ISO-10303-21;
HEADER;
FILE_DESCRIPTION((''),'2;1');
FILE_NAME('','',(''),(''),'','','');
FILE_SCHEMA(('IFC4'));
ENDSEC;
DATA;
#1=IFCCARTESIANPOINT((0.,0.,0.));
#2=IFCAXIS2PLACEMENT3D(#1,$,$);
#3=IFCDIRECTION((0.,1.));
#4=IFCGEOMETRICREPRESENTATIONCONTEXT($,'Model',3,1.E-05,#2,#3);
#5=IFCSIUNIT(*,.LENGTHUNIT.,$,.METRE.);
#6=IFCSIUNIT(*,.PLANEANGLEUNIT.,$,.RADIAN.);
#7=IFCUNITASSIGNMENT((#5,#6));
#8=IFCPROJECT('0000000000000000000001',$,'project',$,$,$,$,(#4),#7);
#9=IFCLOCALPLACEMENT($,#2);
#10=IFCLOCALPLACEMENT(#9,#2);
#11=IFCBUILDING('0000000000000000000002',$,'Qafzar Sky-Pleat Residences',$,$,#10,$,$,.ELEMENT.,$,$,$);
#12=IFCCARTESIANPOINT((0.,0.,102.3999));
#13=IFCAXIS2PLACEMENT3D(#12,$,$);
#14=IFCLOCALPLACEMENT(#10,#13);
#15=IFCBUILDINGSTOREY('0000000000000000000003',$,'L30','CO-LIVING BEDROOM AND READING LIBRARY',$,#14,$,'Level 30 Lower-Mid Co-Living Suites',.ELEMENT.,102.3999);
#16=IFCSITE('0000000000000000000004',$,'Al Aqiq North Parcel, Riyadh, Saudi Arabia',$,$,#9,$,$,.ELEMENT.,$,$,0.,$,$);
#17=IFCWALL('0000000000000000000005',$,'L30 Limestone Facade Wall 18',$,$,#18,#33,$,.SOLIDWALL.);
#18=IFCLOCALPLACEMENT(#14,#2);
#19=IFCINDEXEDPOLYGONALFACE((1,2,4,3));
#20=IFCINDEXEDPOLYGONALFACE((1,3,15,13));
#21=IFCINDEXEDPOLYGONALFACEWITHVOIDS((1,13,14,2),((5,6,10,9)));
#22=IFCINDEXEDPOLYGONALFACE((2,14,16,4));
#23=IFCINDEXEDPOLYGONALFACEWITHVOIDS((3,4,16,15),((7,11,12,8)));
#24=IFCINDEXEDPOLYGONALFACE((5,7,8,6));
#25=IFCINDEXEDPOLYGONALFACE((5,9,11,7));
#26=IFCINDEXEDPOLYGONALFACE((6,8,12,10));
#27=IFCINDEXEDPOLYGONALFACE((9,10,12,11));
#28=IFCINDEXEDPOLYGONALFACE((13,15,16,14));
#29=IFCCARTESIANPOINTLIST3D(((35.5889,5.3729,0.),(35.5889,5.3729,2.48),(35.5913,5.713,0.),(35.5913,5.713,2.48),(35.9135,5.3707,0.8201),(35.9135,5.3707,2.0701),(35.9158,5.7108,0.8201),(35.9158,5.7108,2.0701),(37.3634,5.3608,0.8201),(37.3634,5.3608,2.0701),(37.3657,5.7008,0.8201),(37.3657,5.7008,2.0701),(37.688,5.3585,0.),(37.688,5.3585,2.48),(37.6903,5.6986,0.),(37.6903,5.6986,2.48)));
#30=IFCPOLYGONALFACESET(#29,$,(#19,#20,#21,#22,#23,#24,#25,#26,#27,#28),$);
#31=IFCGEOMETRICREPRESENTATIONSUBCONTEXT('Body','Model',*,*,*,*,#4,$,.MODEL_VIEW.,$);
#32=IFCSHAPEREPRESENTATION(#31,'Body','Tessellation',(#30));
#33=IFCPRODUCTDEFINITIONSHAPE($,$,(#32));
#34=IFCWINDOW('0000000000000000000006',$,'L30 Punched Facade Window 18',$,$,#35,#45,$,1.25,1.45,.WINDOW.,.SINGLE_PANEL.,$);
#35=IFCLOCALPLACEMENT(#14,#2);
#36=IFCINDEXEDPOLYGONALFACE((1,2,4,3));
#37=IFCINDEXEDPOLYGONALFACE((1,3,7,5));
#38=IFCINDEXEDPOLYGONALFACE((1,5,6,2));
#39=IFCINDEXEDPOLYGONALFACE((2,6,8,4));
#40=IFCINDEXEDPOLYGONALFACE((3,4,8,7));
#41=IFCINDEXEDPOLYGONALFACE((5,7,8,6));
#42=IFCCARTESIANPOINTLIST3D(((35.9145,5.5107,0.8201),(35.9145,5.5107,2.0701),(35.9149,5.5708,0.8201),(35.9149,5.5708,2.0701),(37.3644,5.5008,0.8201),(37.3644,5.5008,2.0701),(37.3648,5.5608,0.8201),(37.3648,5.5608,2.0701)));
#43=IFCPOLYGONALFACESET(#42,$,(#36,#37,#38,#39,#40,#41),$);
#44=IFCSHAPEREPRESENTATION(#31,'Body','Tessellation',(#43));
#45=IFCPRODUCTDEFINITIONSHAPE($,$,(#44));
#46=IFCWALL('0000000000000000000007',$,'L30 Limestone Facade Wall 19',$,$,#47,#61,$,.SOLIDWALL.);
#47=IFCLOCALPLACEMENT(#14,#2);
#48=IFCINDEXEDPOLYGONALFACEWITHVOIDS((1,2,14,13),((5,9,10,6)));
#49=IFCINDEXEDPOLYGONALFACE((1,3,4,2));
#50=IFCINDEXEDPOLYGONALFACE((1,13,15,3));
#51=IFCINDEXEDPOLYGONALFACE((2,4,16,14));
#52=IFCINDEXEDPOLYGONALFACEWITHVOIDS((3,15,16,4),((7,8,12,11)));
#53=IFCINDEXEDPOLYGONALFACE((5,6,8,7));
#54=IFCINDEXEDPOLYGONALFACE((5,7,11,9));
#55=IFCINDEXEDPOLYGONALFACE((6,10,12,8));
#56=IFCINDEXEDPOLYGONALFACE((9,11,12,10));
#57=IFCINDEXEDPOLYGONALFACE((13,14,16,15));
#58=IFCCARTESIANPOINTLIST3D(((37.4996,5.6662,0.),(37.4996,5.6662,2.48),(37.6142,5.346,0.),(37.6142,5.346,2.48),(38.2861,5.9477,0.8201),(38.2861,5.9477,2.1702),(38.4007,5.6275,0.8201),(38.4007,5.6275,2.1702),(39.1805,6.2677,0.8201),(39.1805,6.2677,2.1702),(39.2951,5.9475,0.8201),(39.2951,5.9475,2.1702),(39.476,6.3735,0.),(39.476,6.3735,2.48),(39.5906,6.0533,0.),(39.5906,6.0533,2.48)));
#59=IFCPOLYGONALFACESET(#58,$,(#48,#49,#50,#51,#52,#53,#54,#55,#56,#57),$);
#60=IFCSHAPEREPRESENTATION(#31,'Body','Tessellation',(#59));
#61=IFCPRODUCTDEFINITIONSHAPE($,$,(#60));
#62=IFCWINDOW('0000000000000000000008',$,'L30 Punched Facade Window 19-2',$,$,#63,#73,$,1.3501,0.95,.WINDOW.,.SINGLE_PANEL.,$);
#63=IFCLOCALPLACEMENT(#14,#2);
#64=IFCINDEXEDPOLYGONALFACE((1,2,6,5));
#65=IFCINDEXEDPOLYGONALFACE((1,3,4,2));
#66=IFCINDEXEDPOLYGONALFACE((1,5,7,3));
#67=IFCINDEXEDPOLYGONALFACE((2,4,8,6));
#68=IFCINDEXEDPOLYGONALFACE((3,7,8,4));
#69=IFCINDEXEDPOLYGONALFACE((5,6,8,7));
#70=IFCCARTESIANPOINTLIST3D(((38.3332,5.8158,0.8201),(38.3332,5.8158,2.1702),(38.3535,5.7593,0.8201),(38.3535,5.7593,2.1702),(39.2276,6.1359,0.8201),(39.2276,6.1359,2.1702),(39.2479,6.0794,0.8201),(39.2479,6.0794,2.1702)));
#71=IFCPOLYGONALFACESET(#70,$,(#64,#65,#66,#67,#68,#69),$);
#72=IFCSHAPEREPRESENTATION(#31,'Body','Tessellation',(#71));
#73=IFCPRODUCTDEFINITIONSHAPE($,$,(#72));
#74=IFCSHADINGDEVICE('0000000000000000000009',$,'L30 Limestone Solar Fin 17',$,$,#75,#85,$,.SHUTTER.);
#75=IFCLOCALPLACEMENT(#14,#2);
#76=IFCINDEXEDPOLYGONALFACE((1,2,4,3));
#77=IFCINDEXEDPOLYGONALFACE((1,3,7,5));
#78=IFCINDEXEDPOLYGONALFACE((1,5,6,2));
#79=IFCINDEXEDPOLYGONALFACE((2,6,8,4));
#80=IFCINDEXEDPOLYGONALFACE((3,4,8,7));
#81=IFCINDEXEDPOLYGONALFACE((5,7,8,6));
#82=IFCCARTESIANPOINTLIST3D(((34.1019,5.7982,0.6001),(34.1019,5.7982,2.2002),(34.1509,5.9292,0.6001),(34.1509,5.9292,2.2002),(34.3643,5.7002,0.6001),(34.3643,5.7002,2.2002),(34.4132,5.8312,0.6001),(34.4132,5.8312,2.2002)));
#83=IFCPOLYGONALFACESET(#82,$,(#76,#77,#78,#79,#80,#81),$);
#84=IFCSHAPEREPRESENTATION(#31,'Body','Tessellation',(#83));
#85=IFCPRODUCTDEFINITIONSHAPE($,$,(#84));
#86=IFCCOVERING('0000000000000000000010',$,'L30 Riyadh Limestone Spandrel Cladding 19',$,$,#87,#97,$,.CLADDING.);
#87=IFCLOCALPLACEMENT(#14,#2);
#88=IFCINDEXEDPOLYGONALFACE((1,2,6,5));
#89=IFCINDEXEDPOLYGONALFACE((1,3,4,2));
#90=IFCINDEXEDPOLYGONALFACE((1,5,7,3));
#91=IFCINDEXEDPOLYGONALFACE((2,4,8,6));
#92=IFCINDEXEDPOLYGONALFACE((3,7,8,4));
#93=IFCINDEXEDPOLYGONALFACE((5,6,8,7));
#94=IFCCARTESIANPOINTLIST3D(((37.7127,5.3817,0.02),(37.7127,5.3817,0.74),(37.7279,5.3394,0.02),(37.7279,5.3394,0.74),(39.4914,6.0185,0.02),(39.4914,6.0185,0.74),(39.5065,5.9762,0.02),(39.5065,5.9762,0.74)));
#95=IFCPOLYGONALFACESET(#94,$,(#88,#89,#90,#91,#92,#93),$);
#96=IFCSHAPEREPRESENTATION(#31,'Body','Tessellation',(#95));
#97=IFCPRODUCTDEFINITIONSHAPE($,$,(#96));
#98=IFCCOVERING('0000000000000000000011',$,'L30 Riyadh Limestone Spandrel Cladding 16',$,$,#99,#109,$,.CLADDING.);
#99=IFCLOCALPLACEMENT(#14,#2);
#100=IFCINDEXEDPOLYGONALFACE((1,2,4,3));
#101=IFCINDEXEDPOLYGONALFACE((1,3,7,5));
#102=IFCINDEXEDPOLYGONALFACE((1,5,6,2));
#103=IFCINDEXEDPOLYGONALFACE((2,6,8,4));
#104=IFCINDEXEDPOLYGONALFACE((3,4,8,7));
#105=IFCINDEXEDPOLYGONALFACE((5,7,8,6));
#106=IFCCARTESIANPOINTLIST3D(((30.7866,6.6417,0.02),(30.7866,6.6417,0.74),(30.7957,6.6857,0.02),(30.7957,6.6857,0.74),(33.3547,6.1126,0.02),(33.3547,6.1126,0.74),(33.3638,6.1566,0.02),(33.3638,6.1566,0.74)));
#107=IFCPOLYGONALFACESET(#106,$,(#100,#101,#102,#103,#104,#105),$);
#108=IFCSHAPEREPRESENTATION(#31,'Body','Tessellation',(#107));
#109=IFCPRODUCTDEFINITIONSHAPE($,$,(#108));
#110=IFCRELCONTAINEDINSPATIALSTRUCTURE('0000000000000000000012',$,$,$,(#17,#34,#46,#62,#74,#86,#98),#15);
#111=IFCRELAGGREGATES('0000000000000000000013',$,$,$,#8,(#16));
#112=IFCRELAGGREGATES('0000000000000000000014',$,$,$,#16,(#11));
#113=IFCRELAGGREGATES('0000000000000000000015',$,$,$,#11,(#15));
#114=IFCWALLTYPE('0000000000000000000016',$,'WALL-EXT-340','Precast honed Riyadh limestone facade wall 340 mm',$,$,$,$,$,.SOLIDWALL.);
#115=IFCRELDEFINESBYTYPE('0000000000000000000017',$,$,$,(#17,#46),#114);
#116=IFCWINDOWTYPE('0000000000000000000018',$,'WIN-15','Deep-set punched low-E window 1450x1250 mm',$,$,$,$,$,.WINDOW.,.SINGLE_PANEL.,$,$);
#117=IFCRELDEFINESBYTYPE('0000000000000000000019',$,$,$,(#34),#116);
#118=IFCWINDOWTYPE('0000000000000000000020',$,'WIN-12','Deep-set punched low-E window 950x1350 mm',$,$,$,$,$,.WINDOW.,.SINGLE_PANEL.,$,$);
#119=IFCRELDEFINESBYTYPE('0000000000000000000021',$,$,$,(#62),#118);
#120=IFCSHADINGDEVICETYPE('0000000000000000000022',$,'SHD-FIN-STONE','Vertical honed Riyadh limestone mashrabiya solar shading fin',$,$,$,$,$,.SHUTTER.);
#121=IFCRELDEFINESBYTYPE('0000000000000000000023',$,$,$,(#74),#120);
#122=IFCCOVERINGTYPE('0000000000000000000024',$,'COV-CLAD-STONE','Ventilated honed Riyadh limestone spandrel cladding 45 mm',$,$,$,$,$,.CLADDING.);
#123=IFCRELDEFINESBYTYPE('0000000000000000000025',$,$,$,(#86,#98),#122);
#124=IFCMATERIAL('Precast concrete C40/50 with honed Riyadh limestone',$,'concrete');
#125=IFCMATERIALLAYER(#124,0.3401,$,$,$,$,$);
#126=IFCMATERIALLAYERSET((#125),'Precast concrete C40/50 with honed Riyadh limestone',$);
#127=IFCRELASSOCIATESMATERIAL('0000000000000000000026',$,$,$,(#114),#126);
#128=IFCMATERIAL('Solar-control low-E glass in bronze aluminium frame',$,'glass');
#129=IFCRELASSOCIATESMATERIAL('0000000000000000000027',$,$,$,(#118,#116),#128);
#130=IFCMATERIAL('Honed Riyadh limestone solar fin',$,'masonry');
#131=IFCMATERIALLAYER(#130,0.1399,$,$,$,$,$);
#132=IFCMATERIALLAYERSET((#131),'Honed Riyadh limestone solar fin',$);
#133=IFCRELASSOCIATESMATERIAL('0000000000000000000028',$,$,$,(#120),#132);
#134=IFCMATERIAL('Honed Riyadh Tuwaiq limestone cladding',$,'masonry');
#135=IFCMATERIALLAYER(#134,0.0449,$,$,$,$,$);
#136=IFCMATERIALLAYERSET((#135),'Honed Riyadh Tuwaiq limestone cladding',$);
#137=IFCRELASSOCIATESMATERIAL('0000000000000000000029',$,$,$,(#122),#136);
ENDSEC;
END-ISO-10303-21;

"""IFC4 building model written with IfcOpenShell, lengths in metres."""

from ifc_helpers import new_model, si_unit, direction, frame, frame_2d, origin, origin_2d, place, context, subcontext, project, spatial, rectangle, extrude, source, transform, mapped, material, layer, layer_set, type_object, element, fill, save


model = new_model("IFC4")

# Units and contexts
model_context = context("Model", 3, precision=1e-05, world=origin(), true_north=direction((0.0, 1.0)))
body_context = subcontext(model_context, "Body", "Model", "MODEL_VIEW")
ifc_project = project(units=[si_unit("LENGTHUNIT", "METRE"), si_unit("PLANEANGLEUNIT", "RADIAN")], contexts=[model_context])

# Site, building, storey
site_placement = place(None, origin())
site = spatial("IfcSite", under=ifc_project, at=site_placement, Name="Al Aqiq North Parcel, Riyadh, Saudi Arabia", CompositionType="ELEMENT", RefElevation=0.0)
building_placement = place(site_placement, origin())
building = spatial("IfcBuilding", under=site, at=building_placement, Name="Qafzar Sky-Pleat Residences", CompositionType="ELEMENT")
storey_placement = place(building_placement, frame((0.0, 0.0, 102.3999)))
storey = spatial("IfcBuildingStorey", under=building, at=storey_placement, Name="L30", Description="CO-LIVING BEDROOM AND READING LIBRARY", LongName="Level 30 Lower-Mid Co-Living Suites", CompositionType="ELEMENT", Elevation=102.3999)

# Shared definitions
ifc_material_1 = material(Name="Precast concrete C40/50 with honed Riyadh limestone", Category="concrete")
ifc_layer_1 = layer(ifc_material_1, 0.3401)
ifc_layer_set_1 = layer_set([ifc_layer_1], Name="Precast concrete C40/50 with honed Riyadh limestone")
wall_type_1 = type_object("IfcWallType", Name="WALL-EXT-340", Description="Precast honed Riyadh limestone facade wall 340 mm", PredefinedType="SOLIDWALL", material=ifc_layer_set_1)
ifc_material_2 = material(Name="Solar-control low-E glass in bronze aluminium frame", Category="glass")
window_type_1 = type_object("IfcWindowType", Name="WIN-12", Description="Deep-set punched low-E window 950x1350 mm", PartitioningType="SINGLE_PANEL", PredefinedType="WINDOW", material=ifc_material_2)
shared_shape_1 = source(origin(), body_context, "Body", "SweptSolid", [
    extrude(rectangle(XDim=0.95, YDim=1.3501, at=frame_2d((0.4751, 0.675))), frame((0.0, 0.03, 0.0), z_axis=(0.0, -1.0, 0.0), x_axis=(1.0, 0.0, 0.0)), (0.0, 0.0, 1.0), 0.0601),
])

# Walls, openings, windows
wall_1_placement = place(storey_placement, frame((35.5901, 5.543, 0.0), z_axis=(0.0, 0.0, 1.0), x_axis=(0.999976, -0.006862, 0.0)))
wall_1 = element("IfcWall", 1, at=wall_1_placement, inside=storey, type_object=wall_type_1, Name="L30 Limestone Facade Wall 18", PredefinedType="SOLIDWALL", context=body_context, shape_type="SweptSolid", body=[
    extrude(rectangle(XDim=2.0991, YDim=0.3401, at=frame_2d((1.0496, 0.0))), origin(), (0.0, 0.0, 1.0), 2.48),
])
opening_1_placement = place(wall_1_placement, frame((0.3245, 0.0, 0.8201)))
opening_1 = element("IfcOpeningElement", 2, at=opening_1_placement, cuts=wall_1, PredefinedType="OPENING", context=body_context, shape_type="SweptSolid", body=[
    extrude(rectangle(XDim=1.45, YDim=1.25, at=frame_2d((0.7251, 0.625))), frame((0.0, 0.1802, 0.0), z_axis=(0.0, -1.0, 0.0), x_axis=(1.0, 0.0, 0.0)), (0.0, 0.0, 1.0), 0.3601),
])
window_type_2 = type_object("IfcWindowType", Name="WIN-15", Description="Deep-set punched low-E window 1450x1250 mm", PartitioningType="SINGLE_PANEL", PredefinedType="WINDOW", material=ifc_material_2)
shared_shape_2 = source(origin(), body_context, "Body", "SweptSolid", [
    extrude(rectangle(XDim=1.45, YDim=1.25, at=frame_2d((0.7251, 0.625))), frame((0.0, 0.03, 0.0), z_axis=(0.0, -1.0, 0.0), x_axis=(1.0, 0.0, 0.0)), (0.0, 0.0, 1.0), 0.0601),
])
window_1_placement = place(opening_1_placement, origin())
window_1 = element("IfcWindow", 3, at=window_1_placement, inside=storey, type_object=window_type_2, Name="L30 Punched Facade Window 18", OverallHeight=1.25, OverallWidth=1.45, PartitioningType="SINGLE_PANEL", PredefinedType="WINDOW", context=body_context, shape_type="MappedRepresentation", body=[
    mapped(shared_shape_2, transform((0.0, 0.0, 0.0), x_axis=(1.0, 0.0, 0.0), y_axis=(0.0, 1.0, 0.0), z_axis=(0.0, 0.0, 1.0), scale=1.0)),
])
fill(opening_1, window_1)
wall_2_placement = place(storey_placement, frame((37.5569, 5.5061, 0.0), z_axis=(0.0, 0.0, 1.0), x_axis=(0.941523, 0.336948, 0.0)))
wall_2 = element("IfcWall", 4, at=wall_2_placement, inside=storey, type_object=wall_type_1, Name="L30 Limestone Facade Wall 19", PredefinedType="SOLIDWALL", context=body_context, shape_type="SweptSolid", body=[
    extrude(rectangle(XDim=2.0991, YDim=0.3401, at=frame_2d((1.0496, 0.0))), origin(), (0.0, 0.0, 1.0), 2.48),
])
opening_2_placement = place(wall_2_placement, frame((0.8352, 0.0, 0.8201)))
opening_2 = element("IfcOpeningElement", 5, at=opening_2_placement, cuts=wall_2, PredefinedType="OPENING", context=body_context, shape_type="SweptSolid", body=[
    extrude(rectangle(XDim=0.95, YDim=1.3501, at=frame_2d((0.4751, 0.675))), frame((0.0, 0.1802, 0.0), z_axis=(0.0, -1.0, 0.0), x_axis=(1.0, 0.0, 0.0)), (0.0, 0.0, 1.0), 0.3601),
])
window_2_placement = place(opening_2_placement, origin())
window_2 = element("IfcWindow", 6, at=window_2_placement, inside=storey, type_object=window_type_1, Name="L30 Punched Facade Window 19-2", OverallHeight=1.3501, OverallWidth=0.95, PartitioningType="SINGLE_PANEL", PredefinedType="WINDOW", context=body_context, shape_type="MappedRepresentation", body=[
    mapped(shared_shape_1, transform((0.0, 0.0, 0.0), x_axis=(1.0, 0.0, 0.0), y_axis=(0.0, 1.0, 0.0), z_axis=(0.0, 0.0, 1.0), scale=1.0)),
])
fill(opening_2, window_2)

# Shading device
ifc_material_3 = material(Name="Honed Riyadh limestone solar fin", Category="masonry")
ifc_layer_2 = layer(ifc_material_3, 0.1399)
ifc_layer_set_2 = layer_set([ifc_layer_2], Name="Honed Riyadh limestone solar fin")
shading_device_type = type_object("IfcShadingDeviceType", Name="SHD-FIN-STONE", Description="Vertical honed Riyadh limestone mashrabiya solar shading fin", PredefinedType="SHUTTER", material=ifc_layer_set_2)
shared_shape_3 = source(origin(), body_context, "Body", "SweptSolid", [
    extrude(rectangle(XDim=0.1399, YDim=0.28, at=origin_2d()), origin(), (0.0, 0.0, 1.0), 1.6001),
])
shading_device_placement = place(storey_placement, frame((34.2576, 5.8147, 0.6001), z_axis=(0.0, 0.0, 1.0), x_axis=(-0.349866, -0.9368, 0.0)))
element("IfcShadingDevice", 7, at=shading_device_placement, inside=storey, type_object=shading_device_type, Name="L30 Limestone Solar Fin 17", PredefinedType="SHUTTER", context=body_context, shape_type="MappedRepresentation", body=[
    mapped(shared_shape_3, transform((0.0, 0.0, 0.0), x_axis=(1.0, 0.0, 0.0), y_axis=(0.0, 1.0, 0.0), z_axis=(0.0, 0.0, 1.0), scale=1.0)),
])

# Coverings
ifc_material_4 = material(Name="Honed Riyadh Tuwaiq limestone cladding", Category="masonry")
ifc_layer_3 = layer(ifc_material_4, 0.0449)
ifc_layer_set_3 = layer_set([ifc_layer_3], Name="Honed Riyadh Tuwaiq limestone cladding")
covering_type = type_object("IfcCoveringType", Name="COV-CLAD-STONE", Description="Ventilated honed Riyadh limestone spandrel cladding 45 mm", PredefinedType="CLADDING", material=ifc_layer_set_3)
shared_shape_4 = source(origin(), body_context, "Body", "SweptSolid", [
    extrude(rectangle(XDim=1.8892, YDim=0.0449, at=origin_2d()), origin(), (0.0, 0.0, 1.0), 0.72),
])
covering_1_placement = place(storey_placement, frame((38.6096, 5.679, 0.02), z_axis=(0.0, 0.0, 1.0), x_axis=(0.941488, 0.337045, 0.0)))
element("IfcCovering", 8, at=covering_1_placement, inside=storey, type_object=covering_type, Name="L30 Riyadh Limestone Spandrel Cladding 19", PredefinedType="CLADDING", context=body_context, shape_type="MappedRepresentation", body=[
    mapped(shared_shape_4, transform((0.0, 0.0, 0.0), x_axis=(1.0, 0.0, 0.0), y_axis=(0.0, 1.0, 0.0), z_axis=(0.0, 0.0, 1.0), scale=1.0)),
])
shared_shape_5 = source(origin(), body_context, "Body", "SweptSolid", [
    extrude(rectangle(XDim=2.6221, YDim=0.0449, at=origin_2d()), origin(), (0.0, 0.0, 1.0), 0.72),
])
covering_2_placement = place(storey_placement, frame((32.0752, 6.3992, 0.02), z_axis=(0.0, 0.0, 1.0), x_axis=(0.979429, -0.201789, 0.0)))
element("IfcCovering", 9, at=covering_2_placement, inside=storey, type_object=covering_type, Name="L30 Riyadh Limestone Spandrel Cladding 16", PredefinedType="CLADDING", context=body_context, shape_type="MappedRepresentation", body=[
    mapped(shared_shape_5, transform((0.0, 0.0, 0.0), x_axis=(1.0, 0.0, 0.0), y_axis=(0.0, 1.0, 0.0), z_axis=(0.0, 0.0, 1.0), scale=1.0)),
])

save(model, "model.ifc")
